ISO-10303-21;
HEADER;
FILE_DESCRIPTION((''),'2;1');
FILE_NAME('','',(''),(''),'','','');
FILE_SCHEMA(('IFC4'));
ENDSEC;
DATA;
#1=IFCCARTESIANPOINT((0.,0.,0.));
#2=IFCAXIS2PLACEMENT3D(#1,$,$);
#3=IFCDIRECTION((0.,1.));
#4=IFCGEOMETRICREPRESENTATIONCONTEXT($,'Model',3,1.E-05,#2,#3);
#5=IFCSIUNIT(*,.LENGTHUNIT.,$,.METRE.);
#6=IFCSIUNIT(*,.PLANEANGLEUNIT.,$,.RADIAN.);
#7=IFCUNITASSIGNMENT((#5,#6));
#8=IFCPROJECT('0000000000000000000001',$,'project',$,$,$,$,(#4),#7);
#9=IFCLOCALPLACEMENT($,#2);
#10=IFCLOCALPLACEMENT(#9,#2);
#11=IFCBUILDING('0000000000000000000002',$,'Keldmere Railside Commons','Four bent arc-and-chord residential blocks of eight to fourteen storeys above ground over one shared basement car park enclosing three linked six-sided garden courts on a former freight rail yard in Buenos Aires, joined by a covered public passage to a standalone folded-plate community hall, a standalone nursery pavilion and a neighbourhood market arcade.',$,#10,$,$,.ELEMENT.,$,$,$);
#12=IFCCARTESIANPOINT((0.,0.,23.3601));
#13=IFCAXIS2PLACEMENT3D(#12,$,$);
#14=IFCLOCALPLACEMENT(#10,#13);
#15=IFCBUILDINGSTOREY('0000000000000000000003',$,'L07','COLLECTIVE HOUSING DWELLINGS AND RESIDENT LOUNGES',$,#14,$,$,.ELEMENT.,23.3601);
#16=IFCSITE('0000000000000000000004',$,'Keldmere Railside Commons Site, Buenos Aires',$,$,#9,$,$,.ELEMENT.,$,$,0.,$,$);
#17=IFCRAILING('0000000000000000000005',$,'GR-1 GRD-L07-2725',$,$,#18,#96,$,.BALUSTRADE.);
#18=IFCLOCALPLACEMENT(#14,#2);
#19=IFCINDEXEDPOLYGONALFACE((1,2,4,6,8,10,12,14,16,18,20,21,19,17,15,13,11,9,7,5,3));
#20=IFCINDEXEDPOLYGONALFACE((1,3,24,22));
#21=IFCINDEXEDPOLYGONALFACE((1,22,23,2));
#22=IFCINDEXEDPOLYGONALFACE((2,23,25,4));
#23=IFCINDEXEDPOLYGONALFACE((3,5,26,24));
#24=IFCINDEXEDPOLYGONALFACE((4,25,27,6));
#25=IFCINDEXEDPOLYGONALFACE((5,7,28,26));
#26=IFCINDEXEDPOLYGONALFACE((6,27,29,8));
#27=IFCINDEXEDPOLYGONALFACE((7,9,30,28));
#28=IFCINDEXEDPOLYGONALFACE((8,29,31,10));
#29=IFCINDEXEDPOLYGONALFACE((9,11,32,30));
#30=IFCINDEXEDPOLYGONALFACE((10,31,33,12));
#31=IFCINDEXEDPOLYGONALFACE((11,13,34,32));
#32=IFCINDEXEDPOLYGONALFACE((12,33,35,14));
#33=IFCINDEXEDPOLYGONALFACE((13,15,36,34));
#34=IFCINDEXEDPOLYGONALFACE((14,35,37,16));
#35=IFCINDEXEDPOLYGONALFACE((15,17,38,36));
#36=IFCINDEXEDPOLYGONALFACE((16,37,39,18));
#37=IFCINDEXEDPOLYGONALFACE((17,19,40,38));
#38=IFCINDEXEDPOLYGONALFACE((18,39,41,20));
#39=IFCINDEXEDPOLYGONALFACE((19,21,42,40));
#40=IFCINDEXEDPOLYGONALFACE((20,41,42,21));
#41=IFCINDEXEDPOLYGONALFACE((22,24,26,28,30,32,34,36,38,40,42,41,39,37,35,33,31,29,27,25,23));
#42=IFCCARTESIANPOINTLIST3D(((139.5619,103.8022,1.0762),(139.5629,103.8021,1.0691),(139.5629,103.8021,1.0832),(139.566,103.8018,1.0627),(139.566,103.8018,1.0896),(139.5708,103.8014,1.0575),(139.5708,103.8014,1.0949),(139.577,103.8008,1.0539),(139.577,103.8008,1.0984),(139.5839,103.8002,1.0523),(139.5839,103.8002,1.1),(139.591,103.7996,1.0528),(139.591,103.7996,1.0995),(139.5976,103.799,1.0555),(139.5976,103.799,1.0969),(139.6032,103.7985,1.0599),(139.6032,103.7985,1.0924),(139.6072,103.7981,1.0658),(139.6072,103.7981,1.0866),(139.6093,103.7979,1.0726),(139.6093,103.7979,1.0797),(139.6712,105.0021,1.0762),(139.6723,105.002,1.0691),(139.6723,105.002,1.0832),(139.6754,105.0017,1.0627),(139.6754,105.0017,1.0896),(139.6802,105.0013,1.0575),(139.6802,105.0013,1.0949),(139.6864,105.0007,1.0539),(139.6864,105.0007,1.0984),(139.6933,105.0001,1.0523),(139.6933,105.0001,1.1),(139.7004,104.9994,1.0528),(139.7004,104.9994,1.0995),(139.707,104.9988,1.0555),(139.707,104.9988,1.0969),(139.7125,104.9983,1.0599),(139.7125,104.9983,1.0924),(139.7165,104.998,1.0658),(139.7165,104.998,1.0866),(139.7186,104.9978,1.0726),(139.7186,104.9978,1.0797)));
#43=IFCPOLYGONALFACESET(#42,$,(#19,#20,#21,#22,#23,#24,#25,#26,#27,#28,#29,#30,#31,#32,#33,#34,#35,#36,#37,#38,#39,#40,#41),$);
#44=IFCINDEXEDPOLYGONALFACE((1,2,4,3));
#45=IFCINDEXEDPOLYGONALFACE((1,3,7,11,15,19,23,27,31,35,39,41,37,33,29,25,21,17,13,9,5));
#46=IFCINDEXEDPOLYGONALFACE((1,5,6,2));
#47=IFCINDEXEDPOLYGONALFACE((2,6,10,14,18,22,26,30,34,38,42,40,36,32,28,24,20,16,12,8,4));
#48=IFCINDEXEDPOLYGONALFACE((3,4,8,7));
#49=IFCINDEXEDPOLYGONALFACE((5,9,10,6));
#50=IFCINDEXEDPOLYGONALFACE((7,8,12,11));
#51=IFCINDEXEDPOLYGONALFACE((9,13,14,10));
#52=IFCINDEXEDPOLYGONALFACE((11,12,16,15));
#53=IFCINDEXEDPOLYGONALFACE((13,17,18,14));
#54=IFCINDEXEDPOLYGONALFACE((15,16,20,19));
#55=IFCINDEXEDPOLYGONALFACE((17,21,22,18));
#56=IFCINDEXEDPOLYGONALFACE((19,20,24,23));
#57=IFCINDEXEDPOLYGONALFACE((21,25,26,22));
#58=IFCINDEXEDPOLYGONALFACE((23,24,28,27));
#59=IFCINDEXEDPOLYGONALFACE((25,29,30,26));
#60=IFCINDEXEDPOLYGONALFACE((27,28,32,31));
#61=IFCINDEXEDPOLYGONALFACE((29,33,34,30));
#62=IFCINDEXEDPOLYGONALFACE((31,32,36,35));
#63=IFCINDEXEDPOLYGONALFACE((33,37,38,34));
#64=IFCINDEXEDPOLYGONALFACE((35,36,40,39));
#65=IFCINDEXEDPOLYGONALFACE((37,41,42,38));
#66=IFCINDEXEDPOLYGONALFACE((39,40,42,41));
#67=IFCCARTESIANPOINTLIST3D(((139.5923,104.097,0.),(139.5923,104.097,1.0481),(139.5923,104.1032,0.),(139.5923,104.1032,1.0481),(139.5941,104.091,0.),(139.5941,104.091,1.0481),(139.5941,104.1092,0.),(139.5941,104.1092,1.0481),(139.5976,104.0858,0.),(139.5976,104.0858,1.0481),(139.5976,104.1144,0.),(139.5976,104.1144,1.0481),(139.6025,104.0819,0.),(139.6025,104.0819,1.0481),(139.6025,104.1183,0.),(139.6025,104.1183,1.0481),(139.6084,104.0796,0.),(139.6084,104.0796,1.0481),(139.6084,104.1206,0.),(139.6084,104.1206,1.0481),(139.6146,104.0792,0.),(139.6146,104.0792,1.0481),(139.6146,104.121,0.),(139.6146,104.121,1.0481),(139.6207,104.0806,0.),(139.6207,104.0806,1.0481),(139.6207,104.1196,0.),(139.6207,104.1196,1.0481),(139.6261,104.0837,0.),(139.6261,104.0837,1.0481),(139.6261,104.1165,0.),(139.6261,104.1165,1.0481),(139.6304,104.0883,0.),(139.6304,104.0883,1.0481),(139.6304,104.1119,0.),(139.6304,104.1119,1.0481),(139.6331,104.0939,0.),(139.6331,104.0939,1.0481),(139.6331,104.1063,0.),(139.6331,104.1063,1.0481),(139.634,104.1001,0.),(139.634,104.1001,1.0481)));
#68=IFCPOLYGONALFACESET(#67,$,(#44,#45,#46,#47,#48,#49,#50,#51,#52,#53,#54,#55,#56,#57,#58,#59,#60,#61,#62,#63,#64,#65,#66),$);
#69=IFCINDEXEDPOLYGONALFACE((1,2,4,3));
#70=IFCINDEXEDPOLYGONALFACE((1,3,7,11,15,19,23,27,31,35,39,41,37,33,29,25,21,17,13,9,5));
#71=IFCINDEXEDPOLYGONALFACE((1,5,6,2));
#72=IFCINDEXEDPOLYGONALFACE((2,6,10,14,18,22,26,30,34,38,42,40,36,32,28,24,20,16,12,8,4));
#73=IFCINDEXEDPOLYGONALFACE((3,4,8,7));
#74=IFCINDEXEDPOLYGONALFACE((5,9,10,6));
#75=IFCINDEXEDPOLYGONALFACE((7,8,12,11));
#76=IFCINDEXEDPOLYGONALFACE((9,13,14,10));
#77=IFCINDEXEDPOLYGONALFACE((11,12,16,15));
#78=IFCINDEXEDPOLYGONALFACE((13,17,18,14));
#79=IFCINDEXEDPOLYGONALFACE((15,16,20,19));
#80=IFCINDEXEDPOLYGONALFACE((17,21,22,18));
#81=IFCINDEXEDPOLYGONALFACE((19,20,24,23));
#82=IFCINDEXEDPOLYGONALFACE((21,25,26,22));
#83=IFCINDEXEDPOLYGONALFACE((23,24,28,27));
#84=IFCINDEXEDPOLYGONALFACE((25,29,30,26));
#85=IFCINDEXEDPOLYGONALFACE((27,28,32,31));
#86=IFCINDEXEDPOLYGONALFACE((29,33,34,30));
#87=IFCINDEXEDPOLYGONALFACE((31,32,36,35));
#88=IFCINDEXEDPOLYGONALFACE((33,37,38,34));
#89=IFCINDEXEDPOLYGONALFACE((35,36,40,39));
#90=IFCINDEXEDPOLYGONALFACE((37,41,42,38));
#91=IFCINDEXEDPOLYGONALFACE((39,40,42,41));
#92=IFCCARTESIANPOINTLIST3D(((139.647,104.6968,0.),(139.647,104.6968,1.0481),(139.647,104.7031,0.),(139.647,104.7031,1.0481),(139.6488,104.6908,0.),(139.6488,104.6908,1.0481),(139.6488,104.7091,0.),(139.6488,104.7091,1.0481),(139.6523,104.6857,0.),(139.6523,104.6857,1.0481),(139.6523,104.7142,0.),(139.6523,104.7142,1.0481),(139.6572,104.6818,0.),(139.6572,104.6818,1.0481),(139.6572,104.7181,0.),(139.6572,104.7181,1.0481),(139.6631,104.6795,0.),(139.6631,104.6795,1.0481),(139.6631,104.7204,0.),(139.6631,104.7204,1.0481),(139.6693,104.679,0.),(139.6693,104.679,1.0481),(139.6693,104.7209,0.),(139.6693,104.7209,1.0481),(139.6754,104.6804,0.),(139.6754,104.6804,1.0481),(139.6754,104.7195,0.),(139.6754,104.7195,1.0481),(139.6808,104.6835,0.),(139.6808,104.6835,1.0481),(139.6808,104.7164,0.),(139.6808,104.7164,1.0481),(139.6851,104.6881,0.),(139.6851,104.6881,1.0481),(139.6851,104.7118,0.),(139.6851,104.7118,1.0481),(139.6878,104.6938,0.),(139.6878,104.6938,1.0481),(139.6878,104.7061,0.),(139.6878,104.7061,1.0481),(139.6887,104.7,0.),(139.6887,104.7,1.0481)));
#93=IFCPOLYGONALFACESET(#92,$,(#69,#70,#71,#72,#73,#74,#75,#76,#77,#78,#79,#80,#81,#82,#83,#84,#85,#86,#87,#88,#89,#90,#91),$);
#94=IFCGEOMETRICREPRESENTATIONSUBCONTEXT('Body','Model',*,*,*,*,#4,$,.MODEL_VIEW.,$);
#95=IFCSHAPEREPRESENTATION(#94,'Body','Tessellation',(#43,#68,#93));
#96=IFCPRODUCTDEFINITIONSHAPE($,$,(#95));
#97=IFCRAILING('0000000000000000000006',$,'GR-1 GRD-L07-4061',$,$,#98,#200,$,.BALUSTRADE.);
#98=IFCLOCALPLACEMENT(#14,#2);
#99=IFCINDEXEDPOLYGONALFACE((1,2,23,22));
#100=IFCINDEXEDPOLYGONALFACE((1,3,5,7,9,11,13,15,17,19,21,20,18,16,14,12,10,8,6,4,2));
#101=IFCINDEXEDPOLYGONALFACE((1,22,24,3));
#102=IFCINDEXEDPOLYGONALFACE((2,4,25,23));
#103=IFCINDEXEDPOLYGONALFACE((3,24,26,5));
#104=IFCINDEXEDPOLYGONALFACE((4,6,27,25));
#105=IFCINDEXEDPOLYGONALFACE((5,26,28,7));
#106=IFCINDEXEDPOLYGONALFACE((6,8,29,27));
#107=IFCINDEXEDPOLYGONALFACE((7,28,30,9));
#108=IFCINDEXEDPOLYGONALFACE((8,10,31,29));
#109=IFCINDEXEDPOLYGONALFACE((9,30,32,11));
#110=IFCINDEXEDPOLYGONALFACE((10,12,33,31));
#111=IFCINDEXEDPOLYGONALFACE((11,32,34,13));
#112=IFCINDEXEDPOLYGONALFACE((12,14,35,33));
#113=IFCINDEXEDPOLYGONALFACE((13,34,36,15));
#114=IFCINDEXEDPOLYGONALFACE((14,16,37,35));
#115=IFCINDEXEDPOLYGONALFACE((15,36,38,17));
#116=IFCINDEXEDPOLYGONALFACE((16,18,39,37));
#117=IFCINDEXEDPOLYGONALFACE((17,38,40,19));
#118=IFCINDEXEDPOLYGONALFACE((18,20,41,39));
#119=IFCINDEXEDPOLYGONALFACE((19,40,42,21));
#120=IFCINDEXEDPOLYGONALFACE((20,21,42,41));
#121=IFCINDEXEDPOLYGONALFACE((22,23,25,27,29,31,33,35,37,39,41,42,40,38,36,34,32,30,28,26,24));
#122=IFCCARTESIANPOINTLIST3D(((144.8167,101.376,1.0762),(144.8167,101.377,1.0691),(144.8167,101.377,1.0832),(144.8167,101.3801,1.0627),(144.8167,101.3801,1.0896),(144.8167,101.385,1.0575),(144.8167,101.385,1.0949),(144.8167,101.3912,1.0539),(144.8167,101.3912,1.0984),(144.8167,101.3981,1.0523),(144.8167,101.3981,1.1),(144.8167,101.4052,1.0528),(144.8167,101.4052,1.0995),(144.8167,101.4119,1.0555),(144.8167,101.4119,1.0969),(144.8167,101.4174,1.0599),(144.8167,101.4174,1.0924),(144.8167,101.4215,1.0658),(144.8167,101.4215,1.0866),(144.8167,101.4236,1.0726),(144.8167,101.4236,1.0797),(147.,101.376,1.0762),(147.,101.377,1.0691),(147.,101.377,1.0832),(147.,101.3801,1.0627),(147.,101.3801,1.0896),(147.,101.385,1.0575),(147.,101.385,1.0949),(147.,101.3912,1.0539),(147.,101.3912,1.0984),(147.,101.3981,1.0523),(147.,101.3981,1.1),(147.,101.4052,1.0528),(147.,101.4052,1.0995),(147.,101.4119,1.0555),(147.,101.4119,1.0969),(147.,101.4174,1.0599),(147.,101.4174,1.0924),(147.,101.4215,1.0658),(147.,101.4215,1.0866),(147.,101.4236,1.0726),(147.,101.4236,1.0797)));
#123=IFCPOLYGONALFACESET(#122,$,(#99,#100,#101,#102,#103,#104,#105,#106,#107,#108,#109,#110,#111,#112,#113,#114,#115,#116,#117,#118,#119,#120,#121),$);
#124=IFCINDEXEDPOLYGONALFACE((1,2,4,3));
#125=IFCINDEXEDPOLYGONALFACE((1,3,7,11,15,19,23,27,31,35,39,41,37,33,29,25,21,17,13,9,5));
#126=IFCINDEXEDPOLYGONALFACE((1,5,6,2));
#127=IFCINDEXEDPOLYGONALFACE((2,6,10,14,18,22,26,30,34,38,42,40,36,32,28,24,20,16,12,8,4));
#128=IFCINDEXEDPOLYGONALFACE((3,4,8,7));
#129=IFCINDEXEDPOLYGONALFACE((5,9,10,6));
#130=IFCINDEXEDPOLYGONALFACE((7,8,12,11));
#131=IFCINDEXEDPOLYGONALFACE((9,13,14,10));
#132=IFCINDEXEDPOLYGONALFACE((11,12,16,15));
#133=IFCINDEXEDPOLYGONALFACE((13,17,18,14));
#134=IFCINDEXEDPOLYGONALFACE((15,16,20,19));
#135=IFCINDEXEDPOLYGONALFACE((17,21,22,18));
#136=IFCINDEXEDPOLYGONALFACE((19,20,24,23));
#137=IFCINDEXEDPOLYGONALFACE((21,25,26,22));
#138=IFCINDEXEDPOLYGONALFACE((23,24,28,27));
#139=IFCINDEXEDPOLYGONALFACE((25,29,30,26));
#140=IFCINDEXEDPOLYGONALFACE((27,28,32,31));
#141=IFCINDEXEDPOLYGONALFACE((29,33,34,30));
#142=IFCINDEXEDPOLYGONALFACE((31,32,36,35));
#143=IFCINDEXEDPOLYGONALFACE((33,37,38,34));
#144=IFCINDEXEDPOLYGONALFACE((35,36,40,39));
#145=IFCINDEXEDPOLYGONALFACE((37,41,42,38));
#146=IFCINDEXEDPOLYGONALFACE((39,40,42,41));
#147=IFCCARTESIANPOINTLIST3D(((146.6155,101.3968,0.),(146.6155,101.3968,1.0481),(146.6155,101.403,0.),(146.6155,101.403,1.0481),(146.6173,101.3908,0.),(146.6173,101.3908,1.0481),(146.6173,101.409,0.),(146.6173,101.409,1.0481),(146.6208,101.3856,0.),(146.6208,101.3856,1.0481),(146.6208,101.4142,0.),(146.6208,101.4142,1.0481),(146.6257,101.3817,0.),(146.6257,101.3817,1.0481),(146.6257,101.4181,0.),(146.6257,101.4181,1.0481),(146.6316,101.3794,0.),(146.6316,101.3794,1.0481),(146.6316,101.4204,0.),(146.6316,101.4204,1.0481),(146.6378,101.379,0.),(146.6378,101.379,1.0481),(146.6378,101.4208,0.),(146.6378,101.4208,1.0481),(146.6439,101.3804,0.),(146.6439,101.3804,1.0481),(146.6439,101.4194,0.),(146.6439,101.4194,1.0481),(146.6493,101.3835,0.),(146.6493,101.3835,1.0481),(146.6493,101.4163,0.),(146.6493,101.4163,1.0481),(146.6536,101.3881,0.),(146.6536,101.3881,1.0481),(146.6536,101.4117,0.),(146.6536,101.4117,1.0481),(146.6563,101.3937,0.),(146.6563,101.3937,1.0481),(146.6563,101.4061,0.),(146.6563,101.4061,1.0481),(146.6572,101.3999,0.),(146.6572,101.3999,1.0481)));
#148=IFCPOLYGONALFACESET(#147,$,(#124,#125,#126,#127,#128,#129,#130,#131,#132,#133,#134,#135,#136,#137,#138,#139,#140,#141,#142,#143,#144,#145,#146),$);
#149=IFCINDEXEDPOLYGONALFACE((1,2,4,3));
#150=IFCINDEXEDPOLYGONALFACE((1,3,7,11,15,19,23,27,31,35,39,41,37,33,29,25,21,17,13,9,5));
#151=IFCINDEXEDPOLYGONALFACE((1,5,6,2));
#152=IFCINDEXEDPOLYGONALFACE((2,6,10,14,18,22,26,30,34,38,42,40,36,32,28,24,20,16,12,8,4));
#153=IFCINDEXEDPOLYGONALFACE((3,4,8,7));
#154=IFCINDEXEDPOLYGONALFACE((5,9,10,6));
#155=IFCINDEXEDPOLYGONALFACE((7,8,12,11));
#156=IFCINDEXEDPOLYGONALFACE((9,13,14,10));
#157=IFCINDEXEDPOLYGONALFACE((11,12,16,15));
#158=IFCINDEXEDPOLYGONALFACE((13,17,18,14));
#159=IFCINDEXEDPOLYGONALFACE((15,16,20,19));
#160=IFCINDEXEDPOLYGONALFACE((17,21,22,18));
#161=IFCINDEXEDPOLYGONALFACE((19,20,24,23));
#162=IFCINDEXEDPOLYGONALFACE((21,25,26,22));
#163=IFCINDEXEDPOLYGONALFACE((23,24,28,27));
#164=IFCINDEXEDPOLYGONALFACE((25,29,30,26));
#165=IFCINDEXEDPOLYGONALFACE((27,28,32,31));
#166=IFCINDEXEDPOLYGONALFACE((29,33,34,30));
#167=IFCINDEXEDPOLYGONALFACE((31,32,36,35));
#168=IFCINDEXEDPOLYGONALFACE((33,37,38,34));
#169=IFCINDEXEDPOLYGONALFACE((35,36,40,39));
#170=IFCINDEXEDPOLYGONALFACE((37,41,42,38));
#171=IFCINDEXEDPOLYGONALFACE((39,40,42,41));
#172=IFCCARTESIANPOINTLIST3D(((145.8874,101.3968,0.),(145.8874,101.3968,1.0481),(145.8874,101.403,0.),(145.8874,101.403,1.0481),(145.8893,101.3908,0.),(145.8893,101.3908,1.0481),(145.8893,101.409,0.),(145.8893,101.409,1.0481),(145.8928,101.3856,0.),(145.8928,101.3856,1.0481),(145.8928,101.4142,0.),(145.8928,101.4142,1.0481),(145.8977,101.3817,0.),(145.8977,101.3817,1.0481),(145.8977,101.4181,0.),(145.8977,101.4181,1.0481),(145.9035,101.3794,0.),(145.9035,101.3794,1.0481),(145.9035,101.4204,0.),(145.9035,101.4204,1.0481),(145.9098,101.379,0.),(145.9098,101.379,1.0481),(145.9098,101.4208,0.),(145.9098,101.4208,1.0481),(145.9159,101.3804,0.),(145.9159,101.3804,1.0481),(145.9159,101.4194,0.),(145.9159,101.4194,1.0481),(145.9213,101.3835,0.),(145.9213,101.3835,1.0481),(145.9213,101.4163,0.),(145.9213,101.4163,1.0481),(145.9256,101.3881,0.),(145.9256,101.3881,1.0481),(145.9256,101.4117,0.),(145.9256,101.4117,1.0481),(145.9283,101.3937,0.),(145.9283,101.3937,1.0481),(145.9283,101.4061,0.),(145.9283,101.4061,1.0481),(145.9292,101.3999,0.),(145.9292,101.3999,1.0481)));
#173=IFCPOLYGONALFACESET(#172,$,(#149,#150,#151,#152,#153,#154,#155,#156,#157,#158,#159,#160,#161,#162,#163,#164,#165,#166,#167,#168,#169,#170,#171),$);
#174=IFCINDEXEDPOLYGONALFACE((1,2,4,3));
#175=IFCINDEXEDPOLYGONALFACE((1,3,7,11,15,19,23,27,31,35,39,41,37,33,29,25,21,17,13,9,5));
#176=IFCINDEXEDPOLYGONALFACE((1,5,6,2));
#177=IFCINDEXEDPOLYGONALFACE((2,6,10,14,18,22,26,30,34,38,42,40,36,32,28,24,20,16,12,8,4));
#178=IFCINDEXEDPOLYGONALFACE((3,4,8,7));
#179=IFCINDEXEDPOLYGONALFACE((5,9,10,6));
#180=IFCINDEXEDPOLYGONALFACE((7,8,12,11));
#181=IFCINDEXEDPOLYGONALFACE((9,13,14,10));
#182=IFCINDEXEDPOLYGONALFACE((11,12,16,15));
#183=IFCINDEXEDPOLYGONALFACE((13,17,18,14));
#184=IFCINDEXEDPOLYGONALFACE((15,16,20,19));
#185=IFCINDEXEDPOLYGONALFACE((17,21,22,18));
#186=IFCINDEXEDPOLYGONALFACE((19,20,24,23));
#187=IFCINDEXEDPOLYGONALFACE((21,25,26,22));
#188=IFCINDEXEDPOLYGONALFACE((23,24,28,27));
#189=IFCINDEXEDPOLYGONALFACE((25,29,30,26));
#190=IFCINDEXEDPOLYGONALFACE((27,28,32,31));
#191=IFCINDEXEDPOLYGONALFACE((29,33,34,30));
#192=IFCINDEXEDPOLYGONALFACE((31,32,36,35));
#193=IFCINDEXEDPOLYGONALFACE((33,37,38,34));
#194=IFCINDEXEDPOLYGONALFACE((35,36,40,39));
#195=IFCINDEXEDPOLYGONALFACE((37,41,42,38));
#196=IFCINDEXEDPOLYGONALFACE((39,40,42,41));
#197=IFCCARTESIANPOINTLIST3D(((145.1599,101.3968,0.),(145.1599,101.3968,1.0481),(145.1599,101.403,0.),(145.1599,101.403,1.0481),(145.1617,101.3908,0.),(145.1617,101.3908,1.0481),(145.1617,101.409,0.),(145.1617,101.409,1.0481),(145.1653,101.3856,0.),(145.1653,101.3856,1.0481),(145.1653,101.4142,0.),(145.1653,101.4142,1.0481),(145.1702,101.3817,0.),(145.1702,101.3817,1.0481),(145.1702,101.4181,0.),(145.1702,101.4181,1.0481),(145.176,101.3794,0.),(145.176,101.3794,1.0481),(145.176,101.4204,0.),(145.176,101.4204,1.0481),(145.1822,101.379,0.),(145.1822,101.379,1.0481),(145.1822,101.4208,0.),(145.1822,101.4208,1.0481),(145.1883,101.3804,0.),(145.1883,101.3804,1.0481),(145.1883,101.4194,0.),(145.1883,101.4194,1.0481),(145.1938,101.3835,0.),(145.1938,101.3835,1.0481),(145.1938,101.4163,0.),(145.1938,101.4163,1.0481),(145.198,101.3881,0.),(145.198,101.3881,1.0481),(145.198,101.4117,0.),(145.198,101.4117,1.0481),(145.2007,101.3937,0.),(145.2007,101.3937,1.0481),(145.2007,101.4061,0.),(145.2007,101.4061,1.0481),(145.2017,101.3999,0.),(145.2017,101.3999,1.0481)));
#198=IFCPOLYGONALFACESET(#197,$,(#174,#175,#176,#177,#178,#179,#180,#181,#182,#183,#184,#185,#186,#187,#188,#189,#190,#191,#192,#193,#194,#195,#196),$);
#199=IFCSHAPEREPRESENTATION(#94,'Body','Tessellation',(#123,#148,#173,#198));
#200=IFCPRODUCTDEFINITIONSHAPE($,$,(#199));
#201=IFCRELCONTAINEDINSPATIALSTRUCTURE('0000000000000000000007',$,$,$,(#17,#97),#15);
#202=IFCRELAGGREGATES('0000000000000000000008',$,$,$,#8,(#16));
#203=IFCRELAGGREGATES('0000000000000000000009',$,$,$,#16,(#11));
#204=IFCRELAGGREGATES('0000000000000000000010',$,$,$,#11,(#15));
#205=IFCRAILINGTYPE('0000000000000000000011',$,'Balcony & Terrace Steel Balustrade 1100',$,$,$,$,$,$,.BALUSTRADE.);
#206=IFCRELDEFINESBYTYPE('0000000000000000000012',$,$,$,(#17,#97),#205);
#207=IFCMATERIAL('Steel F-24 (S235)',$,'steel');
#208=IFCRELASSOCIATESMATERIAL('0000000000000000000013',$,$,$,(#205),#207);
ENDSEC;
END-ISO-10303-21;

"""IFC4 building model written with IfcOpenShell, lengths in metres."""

from ifc_helpers import new_model, si_unit, direction, frame, origin, origin_2d, place, context, subcontext, project, spatial, circle, extrude, material, type_object, element, save


model = new_model("IFC4")

# Units and contexts
model_context = context("Model", 3, precision=1e-05, world=origin(), true_north=direction((0.0, 1.0)))
body_context = subcontext(model_context, "Body", "Model", "MODEL_VIEW")
ifc_project = project(units=[si_unit("LENGTHUNIT", "METRE"), si_unit("PLANEANGLEUNIT", "RADIAN")], contexts=[model_context])

# Site, building, storey
site_placement = place(None, origin())
site = spatial("IfcSite", under=ifc_project, at=site_placement, Name="Keldmere Railside Commons Site, Buenos Aires", CompositionType="ELEMENT", RefElevation=0.0)
building_placement = place(site_placement, origin())
building = spatial("IfcBuilding", under=site, at=building_placement, Name="Keldmere Railside Commons", Description="Four bent arc-and-chord residential blocks of eight to fourteen storeys above ground over one shared basement car park enclosing three linked six-sided garden courts on a former freight rail yard in Buenos Aires, joined by a covered public passage to a standalone folded-plate community hall, a standalone nursery pavilion and a neighbourhood market arcade.", CompositionType="ELEMENT")
storey_placement = place(building_placement, frame((0.0, 0.0, 23.3601)))
storey = spatial("IfcBuildingStorey", under=building, at=storey_placement, Name="L07", Description="COLLECTIVE HOUSING DWELLINGS AND RESIDENT LOUNGES", CompositionType="ELEMENT", Elevation=23.3601)

# Railings
ifc_material_1 = material(Name="Steel F-24 (S235)", Category="steel")
railing_type_1 = type_object("IfcRailingType", Name="Balcony & Terrace Steel Balustrade 1100", PredefinedType="BALUSTRADE", material=ifc_material_1)
railing_1_placement = place(storey_placement, frame((139.5857, 103.8, 0.0)))
element("IfcRailing", 1, at=railing_1_placement, inside=storey, type_object=railing_type_1, Name="GR-1 GRD-L07-2725", PredefinedType="BALUSTRADE", context=body_context, shape_type="SweptSolid", body=[
    extrude(circle(Radius=0.0239, at=origin_2d()), frame((0.0, 0.0, 1.0762), z_axis=(0.090773, 0.995872, 0.0), x_axis=(-0.995872, 0.090773, 0.0)), (0.0, 0.0, 1.0), 1.2048),
    extrude(circle(Radius=0.021, at=origin_2d()), frame((0.0273, 0.3, 0.0)), (0.0, 0.0, 1.0), 1.0481),
    extrude(circle(Radius=0.021, at=origin_2d()), frame((0.082, 0.8999, 0.0)), (0.0, 0.0, 1.0), 1.0481),
])
railing_2_placement = place(storey_placement, frame((147.0, 101.3999, 0.0)))
element("IfcRailing", 2, at=railing_2_placement, inside=storey, type_object=railing_type_1, Name="GR-1 GRD-L07-4061", PredefinedType="BALUSTRADE", context=body_context, shape_type="SweptSolid", body=[
    extrude(circle(Radius=0.0239, at=origin_2d()), frame((0.0, 0.0, 1.0762), z_axis=(-1.0, 0.0, 0.0), x_axis=(0.0, -1.0, 0.0)), (0.0, 0.0, 1.0), 2.1833),
    extrude(circle(Radius=0.021, at=origin_2d()), frame((-0.3638, 0.0, 0.0)), (0.0, 0.0, 1.0), 1.0481),
    extrude(circle(Radius=0.021, at=origin_2d()), frame((-1.0918, 0.0, 0.0)), (0.0, 0.0, 1.0), 1.0481),
    extrude(circle(Radius=0.021, at=origin_2d()), frame((-1.8193, 0.0, 0.0)), (0.0, 0.0, 1.0), 1.0481),
])

save(model, "model.ifc")
